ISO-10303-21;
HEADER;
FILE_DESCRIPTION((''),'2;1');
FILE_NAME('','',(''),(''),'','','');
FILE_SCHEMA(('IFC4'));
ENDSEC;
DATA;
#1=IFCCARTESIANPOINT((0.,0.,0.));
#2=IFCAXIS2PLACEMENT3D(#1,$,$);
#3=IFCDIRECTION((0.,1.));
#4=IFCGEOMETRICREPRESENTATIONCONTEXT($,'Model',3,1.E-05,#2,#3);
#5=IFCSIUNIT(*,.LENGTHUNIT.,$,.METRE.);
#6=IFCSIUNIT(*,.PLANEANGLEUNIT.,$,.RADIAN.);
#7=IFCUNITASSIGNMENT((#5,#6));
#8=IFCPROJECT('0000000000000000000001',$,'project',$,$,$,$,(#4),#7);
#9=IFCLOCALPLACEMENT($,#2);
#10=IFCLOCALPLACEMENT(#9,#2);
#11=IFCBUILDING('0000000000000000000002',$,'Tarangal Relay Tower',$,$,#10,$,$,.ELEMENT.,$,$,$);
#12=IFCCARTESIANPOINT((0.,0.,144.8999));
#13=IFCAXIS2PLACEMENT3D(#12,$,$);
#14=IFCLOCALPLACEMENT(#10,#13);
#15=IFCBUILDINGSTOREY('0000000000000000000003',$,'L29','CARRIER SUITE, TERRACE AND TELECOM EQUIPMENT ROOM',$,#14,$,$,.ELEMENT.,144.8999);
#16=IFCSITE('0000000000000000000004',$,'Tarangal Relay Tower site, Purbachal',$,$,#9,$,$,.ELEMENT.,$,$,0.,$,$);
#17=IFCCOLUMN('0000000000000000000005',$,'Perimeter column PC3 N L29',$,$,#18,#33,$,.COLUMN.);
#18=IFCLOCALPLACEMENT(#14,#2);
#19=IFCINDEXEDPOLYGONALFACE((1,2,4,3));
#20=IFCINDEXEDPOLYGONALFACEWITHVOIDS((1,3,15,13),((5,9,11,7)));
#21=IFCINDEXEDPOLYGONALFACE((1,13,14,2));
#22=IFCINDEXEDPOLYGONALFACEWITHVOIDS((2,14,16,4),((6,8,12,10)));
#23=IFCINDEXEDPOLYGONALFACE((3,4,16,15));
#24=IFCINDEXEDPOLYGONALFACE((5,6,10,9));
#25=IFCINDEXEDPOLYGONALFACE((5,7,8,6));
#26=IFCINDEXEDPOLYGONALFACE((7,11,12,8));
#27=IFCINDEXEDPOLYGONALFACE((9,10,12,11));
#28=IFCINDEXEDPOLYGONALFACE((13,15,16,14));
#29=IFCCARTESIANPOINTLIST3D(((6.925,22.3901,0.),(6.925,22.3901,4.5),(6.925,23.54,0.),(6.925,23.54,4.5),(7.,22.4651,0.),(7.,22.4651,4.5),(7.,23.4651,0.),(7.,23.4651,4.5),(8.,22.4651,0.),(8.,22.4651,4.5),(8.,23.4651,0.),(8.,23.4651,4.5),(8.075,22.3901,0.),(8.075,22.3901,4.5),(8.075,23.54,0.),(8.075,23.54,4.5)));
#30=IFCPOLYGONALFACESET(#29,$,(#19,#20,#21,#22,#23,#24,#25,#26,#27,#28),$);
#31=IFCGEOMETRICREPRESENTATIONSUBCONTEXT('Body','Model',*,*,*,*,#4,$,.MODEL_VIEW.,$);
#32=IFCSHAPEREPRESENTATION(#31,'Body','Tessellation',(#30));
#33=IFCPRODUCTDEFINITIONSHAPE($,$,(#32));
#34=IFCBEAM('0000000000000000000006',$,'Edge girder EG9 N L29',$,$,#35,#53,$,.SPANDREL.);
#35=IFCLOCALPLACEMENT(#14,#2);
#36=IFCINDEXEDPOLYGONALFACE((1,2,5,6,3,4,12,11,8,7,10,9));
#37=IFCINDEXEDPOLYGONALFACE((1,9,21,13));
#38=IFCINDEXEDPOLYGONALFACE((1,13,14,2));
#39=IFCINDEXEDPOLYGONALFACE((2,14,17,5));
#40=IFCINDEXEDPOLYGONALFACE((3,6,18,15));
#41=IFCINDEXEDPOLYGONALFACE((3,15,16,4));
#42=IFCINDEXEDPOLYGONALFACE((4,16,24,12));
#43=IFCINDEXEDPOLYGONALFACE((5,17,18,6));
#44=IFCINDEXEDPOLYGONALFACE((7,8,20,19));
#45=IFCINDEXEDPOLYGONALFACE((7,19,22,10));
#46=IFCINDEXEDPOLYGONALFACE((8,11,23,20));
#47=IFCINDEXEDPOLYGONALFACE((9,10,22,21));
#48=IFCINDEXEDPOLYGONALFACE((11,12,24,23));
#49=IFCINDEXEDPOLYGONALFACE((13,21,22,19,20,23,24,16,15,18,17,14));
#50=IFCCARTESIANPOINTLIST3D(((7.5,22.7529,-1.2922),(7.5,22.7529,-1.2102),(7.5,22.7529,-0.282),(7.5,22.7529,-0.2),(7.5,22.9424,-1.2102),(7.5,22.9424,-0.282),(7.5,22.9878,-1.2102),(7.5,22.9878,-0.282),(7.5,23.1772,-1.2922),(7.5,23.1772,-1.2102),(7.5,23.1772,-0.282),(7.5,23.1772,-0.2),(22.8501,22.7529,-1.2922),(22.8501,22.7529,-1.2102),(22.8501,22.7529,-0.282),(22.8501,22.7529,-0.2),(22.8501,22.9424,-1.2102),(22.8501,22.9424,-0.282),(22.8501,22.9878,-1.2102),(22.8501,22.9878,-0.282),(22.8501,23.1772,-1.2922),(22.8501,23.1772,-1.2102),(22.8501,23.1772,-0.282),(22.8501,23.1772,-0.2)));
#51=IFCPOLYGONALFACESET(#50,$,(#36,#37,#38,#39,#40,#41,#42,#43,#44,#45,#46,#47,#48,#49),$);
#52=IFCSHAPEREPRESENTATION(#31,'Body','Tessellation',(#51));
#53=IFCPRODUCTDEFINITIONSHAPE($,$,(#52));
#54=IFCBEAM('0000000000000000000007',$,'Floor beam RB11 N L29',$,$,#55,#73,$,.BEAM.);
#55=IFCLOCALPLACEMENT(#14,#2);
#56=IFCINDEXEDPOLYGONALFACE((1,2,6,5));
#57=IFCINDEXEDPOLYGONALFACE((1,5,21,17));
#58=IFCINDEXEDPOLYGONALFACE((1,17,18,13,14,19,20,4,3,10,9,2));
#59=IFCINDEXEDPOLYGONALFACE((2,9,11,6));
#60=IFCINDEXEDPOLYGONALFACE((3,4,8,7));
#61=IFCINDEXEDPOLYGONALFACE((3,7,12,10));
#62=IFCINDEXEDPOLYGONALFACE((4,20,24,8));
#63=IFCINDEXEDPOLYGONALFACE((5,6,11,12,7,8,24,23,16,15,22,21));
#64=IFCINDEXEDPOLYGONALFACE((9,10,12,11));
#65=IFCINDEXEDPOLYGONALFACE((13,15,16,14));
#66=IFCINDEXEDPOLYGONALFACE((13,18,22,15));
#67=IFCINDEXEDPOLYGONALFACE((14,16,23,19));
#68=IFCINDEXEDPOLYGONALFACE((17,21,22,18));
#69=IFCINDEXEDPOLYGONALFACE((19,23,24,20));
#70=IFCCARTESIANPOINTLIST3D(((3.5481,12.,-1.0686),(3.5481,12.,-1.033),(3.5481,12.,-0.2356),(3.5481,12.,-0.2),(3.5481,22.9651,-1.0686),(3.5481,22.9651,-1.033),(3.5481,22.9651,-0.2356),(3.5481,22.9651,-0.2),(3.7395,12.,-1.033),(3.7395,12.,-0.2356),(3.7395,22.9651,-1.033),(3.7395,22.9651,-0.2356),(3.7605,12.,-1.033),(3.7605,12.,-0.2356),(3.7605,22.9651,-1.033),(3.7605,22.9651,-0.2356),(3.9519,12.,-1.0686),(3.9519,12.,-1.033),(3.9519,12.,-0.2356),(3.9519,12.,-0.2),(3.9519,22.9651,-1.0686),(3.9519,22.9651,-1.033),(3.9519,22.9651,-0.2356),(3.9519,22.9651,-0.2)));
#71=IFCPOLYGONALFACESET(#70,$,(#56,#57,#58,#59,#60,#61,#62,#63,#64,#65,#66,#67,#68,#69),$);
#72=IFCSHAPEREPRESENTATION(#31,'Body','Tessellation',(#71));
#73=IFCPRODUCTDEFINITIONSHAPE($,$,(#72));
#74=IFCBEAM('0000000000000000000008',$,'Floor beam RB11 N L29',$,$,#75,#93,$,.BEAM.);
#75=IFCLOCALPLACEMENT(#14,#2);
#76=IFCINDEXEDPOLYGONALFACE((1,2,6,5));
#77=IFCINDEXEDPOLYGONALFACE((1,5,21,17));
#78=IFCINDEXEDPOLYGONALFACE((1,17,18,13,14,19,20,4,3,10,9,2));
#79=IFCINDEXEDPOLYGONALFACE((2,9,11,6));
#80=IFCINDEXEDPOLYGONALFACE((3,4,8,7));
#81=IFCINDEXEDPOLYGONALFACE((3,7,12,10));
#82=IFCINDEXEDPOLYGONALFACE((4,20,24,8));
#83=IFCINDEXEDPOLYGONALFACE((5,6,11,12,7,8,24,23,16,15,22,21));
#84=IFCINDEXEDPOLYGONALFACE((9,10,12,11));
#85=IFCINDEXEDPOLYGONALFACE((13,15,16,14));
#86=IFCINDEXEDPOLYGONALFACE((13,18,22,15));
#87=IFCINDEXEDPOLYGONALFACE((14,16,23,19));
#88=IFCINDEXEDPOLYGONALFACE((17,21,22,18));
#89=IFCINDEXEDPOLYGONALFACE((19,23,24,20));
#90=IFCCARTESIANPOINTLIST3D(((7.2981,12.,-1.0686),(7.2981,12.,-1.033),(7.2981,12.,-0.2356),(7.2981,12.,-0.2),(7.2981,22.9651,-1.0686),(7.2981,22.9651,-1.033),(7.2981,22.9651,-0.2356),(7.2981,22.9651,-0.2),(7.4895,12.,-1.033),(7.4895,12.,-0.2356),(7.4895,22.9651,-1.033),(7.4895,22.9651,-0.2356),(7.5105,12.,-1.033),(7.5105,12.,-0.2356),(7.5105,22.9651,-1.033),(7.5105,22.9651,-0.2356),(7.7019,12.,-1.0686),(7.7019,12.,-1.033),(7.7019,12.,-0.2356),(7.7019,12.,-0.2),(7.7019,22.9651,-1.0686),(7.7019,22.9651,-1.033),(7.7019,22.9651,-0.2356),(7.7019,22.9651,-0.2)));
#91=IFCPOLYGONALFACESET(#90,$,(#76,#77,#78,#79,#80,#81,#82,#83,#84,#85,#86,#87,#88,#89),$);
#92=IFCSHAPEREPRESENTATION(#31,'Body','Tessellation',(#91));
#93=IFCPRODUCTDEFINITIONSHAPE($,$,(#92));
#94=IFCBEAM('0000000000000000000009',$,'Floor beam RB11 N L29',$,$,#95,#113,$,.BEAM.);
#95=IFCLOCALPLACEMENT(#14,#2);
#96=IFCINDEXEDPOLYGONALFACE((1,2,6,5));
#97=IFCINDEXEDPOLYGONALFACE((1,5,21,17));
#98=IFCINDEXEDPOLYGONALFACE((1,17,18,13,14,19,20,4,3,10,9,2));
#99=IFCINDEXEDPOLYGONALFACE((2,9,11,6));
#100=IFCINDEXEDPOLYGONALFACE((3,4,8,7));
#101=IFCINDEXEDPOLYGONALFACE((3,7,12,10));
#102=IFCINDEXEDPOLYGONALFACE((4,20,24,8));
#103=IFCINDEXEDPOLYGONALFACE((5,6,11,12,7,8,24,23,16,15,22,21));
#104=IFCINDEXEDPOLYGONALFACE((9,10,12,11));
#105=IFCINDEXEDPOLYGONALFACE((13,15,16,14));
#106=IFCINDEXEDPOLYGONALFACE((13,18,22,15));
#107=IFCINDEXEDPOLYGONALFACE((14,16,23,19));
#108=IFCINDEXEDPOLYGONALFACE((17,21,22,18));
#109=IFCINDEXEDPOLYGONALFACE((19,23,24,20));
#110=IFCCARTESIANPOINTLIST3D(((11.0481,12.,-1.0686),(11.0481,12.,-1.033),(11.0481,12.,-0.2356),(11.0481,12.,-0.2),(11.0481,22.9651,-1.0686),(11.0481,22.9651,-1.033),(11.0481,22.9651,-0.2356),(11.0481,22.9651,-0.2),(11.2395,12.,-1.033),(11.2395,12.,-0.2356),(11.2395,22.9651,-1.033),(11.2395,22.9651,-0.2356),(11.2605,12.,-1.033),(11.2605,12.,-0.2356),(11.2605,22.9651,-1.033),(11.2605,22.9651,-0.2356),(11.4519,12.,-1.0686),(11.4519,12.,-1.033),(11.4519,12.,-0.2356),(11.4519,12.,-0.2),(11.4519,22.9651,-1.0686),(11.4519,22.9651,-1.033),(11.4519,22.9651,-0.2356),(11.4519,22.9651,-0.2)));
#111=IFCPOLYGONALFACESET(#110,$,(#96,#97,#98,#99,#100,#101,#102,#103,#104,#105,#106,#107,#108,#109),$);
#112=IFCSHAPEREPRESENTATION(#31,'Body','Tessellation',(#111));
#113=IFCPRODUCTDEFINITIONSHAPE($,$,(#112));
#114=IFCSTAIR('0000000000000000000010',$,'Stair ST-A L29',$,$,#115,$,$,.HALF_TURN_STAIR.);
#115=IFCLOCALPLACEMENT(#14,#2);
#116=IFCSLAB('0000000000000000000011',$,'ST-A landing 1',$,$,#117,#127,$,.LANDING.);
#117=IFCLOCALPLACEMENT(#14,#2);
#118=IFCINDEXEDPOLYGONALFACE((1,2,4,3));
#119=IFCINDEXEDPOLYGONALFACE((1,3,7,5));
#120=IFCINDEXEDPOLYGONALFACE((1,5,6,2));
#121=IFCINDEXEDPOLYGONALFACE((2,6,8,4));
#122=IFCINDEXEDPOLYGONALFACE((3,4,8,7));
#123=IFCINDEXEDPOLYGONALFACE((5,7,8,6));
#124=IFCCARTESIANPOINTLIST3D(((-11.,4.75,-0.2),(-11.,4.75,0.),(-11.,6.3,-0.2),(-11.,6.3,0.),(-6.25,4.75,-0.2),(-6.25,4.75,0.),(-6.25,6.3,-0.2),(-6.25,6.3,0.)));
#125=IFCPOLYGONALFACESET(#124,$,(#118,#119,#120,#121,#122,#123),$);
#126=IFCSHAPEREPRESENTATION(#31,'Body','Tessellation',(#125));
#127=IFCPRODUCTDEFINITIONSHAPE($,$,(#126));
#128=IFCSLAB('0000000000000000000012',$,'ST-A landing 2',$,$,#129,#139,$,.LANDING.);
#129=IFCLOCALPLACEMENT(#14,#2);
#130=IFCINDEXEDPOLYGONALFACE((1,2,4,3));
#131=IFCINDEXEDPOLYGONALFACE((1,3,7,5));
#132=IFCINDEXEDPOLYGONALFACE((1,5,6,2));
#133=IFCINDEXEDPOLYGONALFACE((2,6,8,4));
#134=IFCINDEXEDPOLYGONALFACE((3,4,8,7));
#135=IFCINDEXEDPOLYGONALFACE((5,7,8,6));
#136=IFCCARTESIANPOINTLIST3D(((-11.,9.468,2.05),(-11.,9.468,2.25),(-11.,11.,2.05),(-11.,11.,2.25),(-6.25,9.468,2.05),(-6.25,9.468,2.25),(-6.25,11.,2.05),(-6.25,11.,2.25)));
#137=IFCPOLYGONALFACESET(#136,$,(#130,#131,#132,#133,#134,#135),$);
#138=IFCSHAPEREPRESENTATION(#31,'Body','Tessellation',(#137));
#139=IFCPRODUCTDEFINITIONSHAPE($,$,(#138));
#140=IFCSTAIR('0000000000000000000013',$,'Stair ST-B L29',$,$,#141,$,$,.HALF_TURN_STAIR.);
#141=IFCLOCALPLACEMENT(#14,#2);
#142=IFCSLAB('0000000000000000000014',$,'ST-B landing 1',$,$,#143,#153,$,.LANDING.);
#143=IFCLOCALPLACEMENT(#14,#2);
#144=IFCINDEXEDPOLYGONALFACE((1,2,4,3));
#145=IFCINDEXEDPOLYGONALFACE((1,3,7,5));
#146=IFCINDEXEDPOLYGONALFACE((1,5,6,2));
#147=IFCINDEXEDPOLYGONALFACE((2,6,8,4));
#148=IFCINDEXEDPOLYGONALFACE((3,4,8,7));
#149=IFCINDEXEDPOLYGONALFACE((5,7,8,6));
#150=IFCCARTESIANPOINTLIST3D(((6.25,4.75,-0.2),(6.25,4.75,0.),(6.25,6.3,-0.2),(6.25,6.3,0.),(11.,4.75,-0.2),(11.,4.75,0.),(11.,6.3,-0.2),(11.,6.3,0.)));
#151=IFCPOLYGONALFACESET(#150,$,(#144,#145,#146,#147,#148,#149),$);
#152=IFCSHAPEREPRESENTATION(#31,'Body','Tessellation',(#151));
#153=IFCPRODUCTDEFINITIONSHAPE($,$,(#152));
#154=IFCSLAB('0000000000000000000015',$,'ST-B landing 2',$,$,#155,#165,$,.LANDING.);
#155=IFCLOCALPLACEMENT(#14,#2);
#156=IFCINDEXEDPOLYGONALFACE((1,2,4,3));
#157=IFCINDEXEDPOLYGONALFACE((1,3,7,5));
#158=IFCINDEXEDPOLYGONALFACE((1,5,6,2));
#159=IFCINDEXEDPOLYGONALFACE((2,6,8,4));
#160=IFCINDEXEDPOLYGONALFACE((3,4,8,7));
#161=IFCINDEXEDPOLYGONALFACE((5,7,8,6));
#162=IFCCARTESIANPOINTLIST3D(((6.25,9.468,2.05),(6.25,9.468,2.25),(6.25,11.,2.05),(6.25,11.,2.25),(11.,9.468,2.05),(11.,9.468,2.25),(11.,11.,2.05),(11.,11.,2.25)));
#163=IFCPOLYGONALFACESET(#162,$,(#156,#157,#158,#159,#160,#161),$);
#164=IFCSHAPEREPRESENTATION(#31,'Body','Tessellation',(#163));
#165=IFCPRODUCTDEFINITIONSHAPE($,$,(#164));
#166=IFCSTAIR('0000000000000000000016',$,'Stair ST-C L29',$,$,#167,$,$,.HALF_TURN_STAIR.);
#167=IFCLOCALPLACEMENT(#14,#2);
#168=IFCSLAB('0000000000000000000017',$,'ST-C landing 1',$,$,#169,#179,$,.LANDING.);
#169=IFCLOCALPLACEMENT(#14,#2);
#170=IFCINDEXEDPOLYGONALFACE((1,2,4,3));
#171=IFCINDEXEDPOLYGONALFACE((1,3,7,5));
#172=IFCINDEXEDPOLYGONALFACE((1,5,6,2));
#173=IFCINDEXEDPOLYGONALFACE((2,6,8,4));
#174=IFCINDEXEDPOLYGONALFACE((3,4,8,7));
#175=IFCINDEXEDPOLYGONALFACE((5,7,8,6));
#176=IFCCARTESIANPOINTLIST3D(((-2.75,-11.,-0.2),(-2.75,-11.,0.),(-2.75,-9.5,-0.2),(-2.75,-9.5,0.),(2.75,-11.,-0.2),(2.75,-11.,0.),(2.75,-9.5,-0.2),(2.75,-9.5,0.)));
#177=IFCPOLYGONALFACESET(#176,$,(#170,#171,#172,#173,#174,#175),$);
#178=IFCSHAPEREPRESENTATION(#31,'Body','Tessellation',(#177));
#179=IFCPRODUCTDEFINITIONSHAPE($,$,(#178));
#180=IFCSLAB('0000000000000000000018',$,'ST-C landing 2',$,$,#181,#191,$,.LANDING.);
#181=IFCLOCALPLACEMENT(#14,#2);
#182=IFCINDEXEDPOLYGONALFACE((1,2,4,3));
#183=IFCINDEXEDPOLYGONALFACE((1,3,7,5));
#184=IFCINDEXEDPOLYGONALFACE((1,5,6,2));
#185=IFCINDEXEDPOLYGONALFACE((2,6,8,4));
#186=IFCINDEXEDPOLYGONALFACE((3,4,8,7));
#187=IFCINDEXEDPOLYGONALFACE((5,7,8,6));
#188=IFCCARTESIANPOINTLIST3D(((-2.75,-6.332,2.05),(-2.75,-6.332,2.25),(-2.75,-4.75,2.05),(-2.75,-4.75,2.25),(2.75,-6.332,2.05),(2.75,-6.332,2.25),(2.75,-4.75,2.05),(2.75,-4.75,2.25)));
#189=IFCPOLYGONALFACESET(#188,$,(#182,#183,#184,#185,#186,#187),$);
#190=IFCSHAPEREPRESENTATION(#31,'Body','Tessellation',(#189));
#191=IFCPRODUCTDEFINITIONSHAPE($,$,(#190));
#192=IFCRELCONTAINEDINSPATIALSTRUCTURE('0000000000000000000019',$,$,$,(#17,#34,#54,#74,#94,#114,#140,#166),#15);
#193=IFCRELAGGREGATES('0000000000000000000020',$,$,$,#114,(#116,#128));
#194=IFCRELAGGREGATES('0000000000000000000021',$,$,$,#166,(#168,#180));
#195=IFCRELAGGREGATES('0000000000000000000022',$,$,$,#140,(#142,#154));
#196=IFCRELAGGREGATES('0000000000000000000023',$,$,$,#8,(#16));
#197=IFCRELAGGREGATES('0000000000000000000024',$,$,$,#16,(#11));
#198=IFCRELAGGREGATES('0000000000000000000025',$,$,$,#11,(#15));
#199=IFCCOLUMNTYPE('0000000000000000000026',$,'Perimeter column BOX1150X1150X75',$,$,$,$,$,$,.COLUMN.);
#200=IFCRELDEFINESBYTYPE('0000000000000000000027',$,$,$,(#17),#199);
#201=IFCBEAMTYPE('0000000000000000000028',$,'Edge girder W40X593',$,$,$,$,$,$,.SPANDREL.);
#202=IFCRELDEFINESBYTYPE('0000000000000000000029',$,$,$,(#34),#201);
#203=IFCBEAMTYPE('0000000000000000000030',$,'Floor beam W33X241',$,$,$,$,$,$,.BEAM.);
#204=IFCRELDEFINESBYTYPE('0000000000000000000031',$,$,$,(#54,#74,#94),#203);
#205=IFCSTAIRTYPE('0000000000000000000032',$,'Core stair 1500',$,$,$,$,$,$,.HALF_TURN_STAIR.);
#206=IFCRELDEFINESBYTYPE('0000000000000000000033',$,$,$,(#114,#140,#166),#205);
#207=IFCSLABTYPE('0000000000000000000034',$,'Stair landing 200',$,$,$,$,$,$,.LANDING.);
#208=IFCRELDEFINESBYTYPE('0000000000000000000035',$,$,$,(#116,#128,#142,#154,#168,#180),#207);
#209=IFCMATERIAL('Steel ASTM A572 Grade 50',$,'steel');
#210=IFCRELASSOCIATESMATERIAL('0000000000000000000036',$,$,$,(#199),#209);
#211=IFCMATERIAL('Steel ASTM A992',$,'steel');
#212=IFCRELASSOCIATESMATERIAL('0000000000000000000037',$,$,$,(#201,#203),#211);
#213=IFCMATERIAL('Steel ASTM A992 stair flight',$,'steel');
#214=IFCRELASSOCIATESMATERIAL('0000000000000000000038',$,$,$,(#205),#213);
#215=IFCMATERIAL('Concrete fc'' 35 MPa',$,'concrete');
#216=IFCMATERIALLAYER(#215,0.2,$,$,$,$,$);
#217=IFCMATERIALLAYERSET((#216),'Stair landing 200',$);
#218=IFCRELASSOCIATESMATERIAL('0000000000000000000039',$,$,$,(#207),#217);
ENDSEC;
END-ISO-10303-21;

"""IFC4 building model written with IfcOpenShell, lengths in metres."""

from ifc_helpers import new_model, si_unit, direction, frame, origin, origin_2d, place, context, subcontext, project, spatial, polyline, hollow_rectangle, i_section, outline, extrude, material, layer, layer_set, material_profile, profile_set, type_object, element, aggregate, save


model = new_model("IFC4")

# Units and contexts
model_context = context("Model", 3, precision=1e-05, world=origin(), true_north=direction((0.0, 1.0)))
body_context = subcontext(model_context, "Body", "Model", "MODEL_VIEW")
ifc_project = project(units=[si_unit("LENGTHUNIT", "METRE"), si_unit("PLANEANGLEUNIT", "RADIAN")], contexts=[model_context])

# Site, building, storey
site_placement = place(None, origin())
site = spatial("IfcSite", under=ifc_project, at=site_placement, Name="Tarangal Relay Tower site, Purbachal", CompositionType="ELEMENT", RefElevation=0.0)
building_placement = place(site_placement, origin())
building = spatial("IfcBuilding", under=site, at=building_placement, Name="Tarangal Relay Tower", CompositionType="ELEMENT")
storey_placement = place(building_placement, frame((0.0, 0.0, 144.8999)))
storey = spatial("IfcBuildingStorey", under=building, at=storey_placement, Name="L29", Description="CARRIER SUITE, TERRACE AND TELECOM EQUIPMENT ROOM", CompositionType="ELEMENT", Elevation=144.8999)

# Column
ifc_material_1 = material(Name="Steel ASTM A572 Grade 50", Category="steel")
ifc_material_profile_1 = material_profile(ifc_material_1, hollow_rectangle(XDim=1.1499, YDim=1.1499, WallThickness=0.075, at=origin_2d()), Name="BOX1150X1150X75")
ifc_profile_set_1 = profile_set([ifc_material_profile_1], Name="Steel ASTM A572 Grade 50")
column_type = type_object("IfcColumnType", Name="Perimeter column BOX1150X1150X75", PredefinedType="COLUMN", material=ifc_profile_set_1)
column_placement = place(storey_placement, frame((7.5, 22.9651, 0.0), z_axis=(0.0, 0.0, 1.0), x_axis=(1.0, 0.0, 0.0)))
element("IfcColumn", 1, at=column_placement, inside=storey, type_object=column_type, Name="Perimeter column PC3 N L29", PredefinedType="COLUMN", context=body_context, shape_type="SweptSolid", body=[
    extrude(hollow_rectangle(XDim=1.1499, YDim=1.1499, WallThickness=0.075, at=origin_2d()), origin(), (0.0, 0.0, 1.0), 4.5),
])

# Beams
ifc_material_2 = material(Name="Steel ASTM A992", Category="steel")
ifc_material_profile_2 = material_profile(ifc_material_2, i_section(OverallWidth=0.4243, OverallDepth=1.0923, WebThickness=0.0454, FlangeThickness=0.082, at=origin_2d()), Name="W40X593")
ifc_profile_set_2 = profile_set([ifc_material_profile_2], Name="Steel ASTM A992")
beam_type_1 = type_object("IfcBeamType", Name="Edge girder W40X593", PredefinedType="SPANDREL", material=ifc_profile_set_2)
beam_placement = place(storey_placement, frame((7.5, 22.9651, -0.7461), z_axis=(1.0, 0.0, 0.0), x_axis=(0.0, 1.0, 0.0)))
element("IfcBeam", 2, at=beam_placement, inside=storey, type_object=beam_type_1, Name="Edge girder EG9 N L29", PredefinedType="SPANDREL", context=body_context, shape_type="SweptSolid", body=[
    extrude(i_section(OverallWidth=0.4243, OverallDepth=1.0923, WebThickness=0.0454, FlangeThickness=0.082, at=origin_2d()), origin(), (0.0, 0.0, 1.0), 15.3501),
])
ifc_material_profile_3 = material_profile(ifc_material_2, i_section(OverallWidth=0.4038, OverallDepth=0.8687, WebThickness=0.021, FlangeThickness=0.0356, at=origin_2d()), Name="W33X241")
ifc_profile_set_3 = profile_set([ifc_material_profile_3], Name="Steel ASTM A992")
beam_type_2 = type_object("IfcBeamType", Name="Floor beam W33X241", PredefinedType="BEAM", material=ifc_profile_set_3)
for number, where, z_axis, x_axis, name in (
    (3, (3.75, 12.0, -0.6343), (0.0, 1.0, 0.0), (-1.0, 0.0, 0.0), "Floor beam RB11 N L29"),
    (4, (7.5, 12.0, -0.6343), (0.0, 1.0, 0.0), (-1.0, 0.0, 0.0), "Floor beam RB11 N L29"),
    (5, (11.25, 12.0, -0.6343), (0.0, 1.0, 0.0), (-1.0, 0.0, 0.0), "Floor beam RB11 N L29"),
):
    element("IfcBeam", number, at=place(storey_placement, frame(where, z_axis=z_axis, x_axis=x_axis)), inside=storey, type_object=beam_type_2, Name=name, PredefinedType="BEAM", context=body_context, shape_type="SweptSolid", body=[
        extrude(i_section(OverallWidth=0.4038, OverallDepth=0.8687, WebThickness=0.021, FlangeThickness=0.0356, at=origin_2d()), origin(), (0.0, 0.0, 1.0), 10.9651),
    ])

# Stairs, slabs
ifc_material_3 = material(Name="Steel ASTM A992 stair flight", Category="steel")
stair_type = type_object("IfcStairType", Name="Core stair 1500", PredefinedType="HALF_TURN_STAIR", material=ifc_material_3)
stair_1_placement = place(storey_placement, origin())
stair_1 = element("IfcStair", 6, at=stair_1_placement, inside=storey, type_object=stair_type, Name="Stair ST-A L29", PredefinedType="HALF_TURN_STAIR")
ifc_material_4 = material(Name="Concrete fc' 35 MPa", Category="concrete")
ifc_layer_1 = layer(ifc_material_4, 0.2)
ifc_layer_set_1 = layer_set([ifc_layer_1], Name="Stair landing 200")
slab_type = type_object("IfcSlabType", Name="Stair landing 200", PredefinedType="LANDING", material=ifc_layer_set_1)
slab_1_placement = place(storey_placement, frame((0.0, 0.0, -0.2)))
slab_1 = element("IfcSlab", 7, at=slab_1_placement, type_object=slab_type, Name="ST-A landing 1", PredefinedType="LANDING", context=body_context, shape_type="SweptSolid", body=[
    extrude(outline(polyline([(-11.0, 4.75), (-6.25, 4.75), (-6.25, 6.3), (-11.0, 6.3), (-11.0, 4.75)])), origin(), (0.0, 0.0, 1.0), 0.2),
])
slab_2_placement = place(storey_placement, frame((0.0, 0.0, 2.05)))
slab_2 = element("IfcSlab", 8, at=slab_2_placement, type_object=slab_type, Name="ST-A landing 2", PredefinedType="LANDING", context=body_context, shape_type="SweptSolid", body=[
    extrude(outline(polyline([(-11.0, 9.468), (-6.25, 9.468), (-6.25, 11.0), (-11.0, 11.0), (-11.0, 9.468)])), origin(), (0.0, 0.0, 1.0), 0.2),
])
aggregate(stair_1, [slab_1, slab_2])
stair_2_placement = place(storey_placement, origin())
stair_2 = element("IfcStair", 9, at=stair_2_placement, inside=storey, type_object=stair_type, Name="Stair ST-B L29", PredefinedType="HALF_TURN_STAIR")
slab_3_placement = place(storey_placement, frame((0.0, 0.0, -0.2)))
slab_3 = element("IfcSlab", 10, at=slab_3_placement, type_object=slab_type, Name="ST-B landing 1", PredefinedType="LANDING", context=body_context, shape_type="SweptSolid", body=[
    extrude(outline(polyline([(6.25, 4.75), (11.0, 4.75), (11.0, 6.3), (6.25, 6.3), (6.25, 4.75)])), origin(), (0.0, 0.0, 1.0), 0.2),
])
slab_4_placement = place(storey_placement, frame((0.0, 0.0, 2.05)))
slab_4 = element("IfcSlab", 11, at=slab_4_placement, type_object=slab_type, Name="ST-B landing 2", PredefinedType="LANDING", context=body_context, shape_type="SweptSolid", body=[
    extrude(outline(polyline([(6.25, 9.468), (11.0, 9.468), (11.0, 11.0), (6.25, 11.0), (6.25, 9.468)])), origin(), (0.0, 0.0, 1.0), 0.2),
])
stair_3_placement = place(storey_placement, origin())
stair_3 = element("IfcStair", 12, at=stair_3_placement, inside=storey, type_object=stair_type, Name="Stair ST-C L29", PredefinedType="HALF_TURN_STAIR")
slab_5_placement = place(storey_placement, frame((0.0, 0.0, -0.2)))
slab_5 = element("IfcSlab", 13, at=slab_5_placement, type_object=slab_type, Name="ST-C landing 1", PredefinedType="LANDING", context=body_context, shape_type="SweptSolid", body=[
    extrude(outline(polyline([(-2.75, -11.0), (2.75, -11.0), (2.75, -9.5), (-2.75, -9.5), (-2.75, -11.0)])), origin(), (0.0, 0.0, 1.0), 0.2),
])
slab_6_placement = place(storey_placement, frame((0.0, 0.0, 2.05)))
slab_6 = element("IfcSlab", 14, at=slab_6_placement, type_object=slab_type, Name="ST-C landing 2", PredefinedType="LANDING", context=body_context, shape_type="SweptSolid", body=[
    extrude(outline(polyline([(-2.75, -6.332), (2.75, -6.332), (2.75, -4.75), (-2.75, -4.75), (-2.75, -6.332)])), origin(), (0.0, 0.0, 1.0), 0.2),
])
aggregate(stair_3, [slab_5, slab_6])

aggregate(stair_2, [slab_3, slab_4])

save(model, "model.ifc")
